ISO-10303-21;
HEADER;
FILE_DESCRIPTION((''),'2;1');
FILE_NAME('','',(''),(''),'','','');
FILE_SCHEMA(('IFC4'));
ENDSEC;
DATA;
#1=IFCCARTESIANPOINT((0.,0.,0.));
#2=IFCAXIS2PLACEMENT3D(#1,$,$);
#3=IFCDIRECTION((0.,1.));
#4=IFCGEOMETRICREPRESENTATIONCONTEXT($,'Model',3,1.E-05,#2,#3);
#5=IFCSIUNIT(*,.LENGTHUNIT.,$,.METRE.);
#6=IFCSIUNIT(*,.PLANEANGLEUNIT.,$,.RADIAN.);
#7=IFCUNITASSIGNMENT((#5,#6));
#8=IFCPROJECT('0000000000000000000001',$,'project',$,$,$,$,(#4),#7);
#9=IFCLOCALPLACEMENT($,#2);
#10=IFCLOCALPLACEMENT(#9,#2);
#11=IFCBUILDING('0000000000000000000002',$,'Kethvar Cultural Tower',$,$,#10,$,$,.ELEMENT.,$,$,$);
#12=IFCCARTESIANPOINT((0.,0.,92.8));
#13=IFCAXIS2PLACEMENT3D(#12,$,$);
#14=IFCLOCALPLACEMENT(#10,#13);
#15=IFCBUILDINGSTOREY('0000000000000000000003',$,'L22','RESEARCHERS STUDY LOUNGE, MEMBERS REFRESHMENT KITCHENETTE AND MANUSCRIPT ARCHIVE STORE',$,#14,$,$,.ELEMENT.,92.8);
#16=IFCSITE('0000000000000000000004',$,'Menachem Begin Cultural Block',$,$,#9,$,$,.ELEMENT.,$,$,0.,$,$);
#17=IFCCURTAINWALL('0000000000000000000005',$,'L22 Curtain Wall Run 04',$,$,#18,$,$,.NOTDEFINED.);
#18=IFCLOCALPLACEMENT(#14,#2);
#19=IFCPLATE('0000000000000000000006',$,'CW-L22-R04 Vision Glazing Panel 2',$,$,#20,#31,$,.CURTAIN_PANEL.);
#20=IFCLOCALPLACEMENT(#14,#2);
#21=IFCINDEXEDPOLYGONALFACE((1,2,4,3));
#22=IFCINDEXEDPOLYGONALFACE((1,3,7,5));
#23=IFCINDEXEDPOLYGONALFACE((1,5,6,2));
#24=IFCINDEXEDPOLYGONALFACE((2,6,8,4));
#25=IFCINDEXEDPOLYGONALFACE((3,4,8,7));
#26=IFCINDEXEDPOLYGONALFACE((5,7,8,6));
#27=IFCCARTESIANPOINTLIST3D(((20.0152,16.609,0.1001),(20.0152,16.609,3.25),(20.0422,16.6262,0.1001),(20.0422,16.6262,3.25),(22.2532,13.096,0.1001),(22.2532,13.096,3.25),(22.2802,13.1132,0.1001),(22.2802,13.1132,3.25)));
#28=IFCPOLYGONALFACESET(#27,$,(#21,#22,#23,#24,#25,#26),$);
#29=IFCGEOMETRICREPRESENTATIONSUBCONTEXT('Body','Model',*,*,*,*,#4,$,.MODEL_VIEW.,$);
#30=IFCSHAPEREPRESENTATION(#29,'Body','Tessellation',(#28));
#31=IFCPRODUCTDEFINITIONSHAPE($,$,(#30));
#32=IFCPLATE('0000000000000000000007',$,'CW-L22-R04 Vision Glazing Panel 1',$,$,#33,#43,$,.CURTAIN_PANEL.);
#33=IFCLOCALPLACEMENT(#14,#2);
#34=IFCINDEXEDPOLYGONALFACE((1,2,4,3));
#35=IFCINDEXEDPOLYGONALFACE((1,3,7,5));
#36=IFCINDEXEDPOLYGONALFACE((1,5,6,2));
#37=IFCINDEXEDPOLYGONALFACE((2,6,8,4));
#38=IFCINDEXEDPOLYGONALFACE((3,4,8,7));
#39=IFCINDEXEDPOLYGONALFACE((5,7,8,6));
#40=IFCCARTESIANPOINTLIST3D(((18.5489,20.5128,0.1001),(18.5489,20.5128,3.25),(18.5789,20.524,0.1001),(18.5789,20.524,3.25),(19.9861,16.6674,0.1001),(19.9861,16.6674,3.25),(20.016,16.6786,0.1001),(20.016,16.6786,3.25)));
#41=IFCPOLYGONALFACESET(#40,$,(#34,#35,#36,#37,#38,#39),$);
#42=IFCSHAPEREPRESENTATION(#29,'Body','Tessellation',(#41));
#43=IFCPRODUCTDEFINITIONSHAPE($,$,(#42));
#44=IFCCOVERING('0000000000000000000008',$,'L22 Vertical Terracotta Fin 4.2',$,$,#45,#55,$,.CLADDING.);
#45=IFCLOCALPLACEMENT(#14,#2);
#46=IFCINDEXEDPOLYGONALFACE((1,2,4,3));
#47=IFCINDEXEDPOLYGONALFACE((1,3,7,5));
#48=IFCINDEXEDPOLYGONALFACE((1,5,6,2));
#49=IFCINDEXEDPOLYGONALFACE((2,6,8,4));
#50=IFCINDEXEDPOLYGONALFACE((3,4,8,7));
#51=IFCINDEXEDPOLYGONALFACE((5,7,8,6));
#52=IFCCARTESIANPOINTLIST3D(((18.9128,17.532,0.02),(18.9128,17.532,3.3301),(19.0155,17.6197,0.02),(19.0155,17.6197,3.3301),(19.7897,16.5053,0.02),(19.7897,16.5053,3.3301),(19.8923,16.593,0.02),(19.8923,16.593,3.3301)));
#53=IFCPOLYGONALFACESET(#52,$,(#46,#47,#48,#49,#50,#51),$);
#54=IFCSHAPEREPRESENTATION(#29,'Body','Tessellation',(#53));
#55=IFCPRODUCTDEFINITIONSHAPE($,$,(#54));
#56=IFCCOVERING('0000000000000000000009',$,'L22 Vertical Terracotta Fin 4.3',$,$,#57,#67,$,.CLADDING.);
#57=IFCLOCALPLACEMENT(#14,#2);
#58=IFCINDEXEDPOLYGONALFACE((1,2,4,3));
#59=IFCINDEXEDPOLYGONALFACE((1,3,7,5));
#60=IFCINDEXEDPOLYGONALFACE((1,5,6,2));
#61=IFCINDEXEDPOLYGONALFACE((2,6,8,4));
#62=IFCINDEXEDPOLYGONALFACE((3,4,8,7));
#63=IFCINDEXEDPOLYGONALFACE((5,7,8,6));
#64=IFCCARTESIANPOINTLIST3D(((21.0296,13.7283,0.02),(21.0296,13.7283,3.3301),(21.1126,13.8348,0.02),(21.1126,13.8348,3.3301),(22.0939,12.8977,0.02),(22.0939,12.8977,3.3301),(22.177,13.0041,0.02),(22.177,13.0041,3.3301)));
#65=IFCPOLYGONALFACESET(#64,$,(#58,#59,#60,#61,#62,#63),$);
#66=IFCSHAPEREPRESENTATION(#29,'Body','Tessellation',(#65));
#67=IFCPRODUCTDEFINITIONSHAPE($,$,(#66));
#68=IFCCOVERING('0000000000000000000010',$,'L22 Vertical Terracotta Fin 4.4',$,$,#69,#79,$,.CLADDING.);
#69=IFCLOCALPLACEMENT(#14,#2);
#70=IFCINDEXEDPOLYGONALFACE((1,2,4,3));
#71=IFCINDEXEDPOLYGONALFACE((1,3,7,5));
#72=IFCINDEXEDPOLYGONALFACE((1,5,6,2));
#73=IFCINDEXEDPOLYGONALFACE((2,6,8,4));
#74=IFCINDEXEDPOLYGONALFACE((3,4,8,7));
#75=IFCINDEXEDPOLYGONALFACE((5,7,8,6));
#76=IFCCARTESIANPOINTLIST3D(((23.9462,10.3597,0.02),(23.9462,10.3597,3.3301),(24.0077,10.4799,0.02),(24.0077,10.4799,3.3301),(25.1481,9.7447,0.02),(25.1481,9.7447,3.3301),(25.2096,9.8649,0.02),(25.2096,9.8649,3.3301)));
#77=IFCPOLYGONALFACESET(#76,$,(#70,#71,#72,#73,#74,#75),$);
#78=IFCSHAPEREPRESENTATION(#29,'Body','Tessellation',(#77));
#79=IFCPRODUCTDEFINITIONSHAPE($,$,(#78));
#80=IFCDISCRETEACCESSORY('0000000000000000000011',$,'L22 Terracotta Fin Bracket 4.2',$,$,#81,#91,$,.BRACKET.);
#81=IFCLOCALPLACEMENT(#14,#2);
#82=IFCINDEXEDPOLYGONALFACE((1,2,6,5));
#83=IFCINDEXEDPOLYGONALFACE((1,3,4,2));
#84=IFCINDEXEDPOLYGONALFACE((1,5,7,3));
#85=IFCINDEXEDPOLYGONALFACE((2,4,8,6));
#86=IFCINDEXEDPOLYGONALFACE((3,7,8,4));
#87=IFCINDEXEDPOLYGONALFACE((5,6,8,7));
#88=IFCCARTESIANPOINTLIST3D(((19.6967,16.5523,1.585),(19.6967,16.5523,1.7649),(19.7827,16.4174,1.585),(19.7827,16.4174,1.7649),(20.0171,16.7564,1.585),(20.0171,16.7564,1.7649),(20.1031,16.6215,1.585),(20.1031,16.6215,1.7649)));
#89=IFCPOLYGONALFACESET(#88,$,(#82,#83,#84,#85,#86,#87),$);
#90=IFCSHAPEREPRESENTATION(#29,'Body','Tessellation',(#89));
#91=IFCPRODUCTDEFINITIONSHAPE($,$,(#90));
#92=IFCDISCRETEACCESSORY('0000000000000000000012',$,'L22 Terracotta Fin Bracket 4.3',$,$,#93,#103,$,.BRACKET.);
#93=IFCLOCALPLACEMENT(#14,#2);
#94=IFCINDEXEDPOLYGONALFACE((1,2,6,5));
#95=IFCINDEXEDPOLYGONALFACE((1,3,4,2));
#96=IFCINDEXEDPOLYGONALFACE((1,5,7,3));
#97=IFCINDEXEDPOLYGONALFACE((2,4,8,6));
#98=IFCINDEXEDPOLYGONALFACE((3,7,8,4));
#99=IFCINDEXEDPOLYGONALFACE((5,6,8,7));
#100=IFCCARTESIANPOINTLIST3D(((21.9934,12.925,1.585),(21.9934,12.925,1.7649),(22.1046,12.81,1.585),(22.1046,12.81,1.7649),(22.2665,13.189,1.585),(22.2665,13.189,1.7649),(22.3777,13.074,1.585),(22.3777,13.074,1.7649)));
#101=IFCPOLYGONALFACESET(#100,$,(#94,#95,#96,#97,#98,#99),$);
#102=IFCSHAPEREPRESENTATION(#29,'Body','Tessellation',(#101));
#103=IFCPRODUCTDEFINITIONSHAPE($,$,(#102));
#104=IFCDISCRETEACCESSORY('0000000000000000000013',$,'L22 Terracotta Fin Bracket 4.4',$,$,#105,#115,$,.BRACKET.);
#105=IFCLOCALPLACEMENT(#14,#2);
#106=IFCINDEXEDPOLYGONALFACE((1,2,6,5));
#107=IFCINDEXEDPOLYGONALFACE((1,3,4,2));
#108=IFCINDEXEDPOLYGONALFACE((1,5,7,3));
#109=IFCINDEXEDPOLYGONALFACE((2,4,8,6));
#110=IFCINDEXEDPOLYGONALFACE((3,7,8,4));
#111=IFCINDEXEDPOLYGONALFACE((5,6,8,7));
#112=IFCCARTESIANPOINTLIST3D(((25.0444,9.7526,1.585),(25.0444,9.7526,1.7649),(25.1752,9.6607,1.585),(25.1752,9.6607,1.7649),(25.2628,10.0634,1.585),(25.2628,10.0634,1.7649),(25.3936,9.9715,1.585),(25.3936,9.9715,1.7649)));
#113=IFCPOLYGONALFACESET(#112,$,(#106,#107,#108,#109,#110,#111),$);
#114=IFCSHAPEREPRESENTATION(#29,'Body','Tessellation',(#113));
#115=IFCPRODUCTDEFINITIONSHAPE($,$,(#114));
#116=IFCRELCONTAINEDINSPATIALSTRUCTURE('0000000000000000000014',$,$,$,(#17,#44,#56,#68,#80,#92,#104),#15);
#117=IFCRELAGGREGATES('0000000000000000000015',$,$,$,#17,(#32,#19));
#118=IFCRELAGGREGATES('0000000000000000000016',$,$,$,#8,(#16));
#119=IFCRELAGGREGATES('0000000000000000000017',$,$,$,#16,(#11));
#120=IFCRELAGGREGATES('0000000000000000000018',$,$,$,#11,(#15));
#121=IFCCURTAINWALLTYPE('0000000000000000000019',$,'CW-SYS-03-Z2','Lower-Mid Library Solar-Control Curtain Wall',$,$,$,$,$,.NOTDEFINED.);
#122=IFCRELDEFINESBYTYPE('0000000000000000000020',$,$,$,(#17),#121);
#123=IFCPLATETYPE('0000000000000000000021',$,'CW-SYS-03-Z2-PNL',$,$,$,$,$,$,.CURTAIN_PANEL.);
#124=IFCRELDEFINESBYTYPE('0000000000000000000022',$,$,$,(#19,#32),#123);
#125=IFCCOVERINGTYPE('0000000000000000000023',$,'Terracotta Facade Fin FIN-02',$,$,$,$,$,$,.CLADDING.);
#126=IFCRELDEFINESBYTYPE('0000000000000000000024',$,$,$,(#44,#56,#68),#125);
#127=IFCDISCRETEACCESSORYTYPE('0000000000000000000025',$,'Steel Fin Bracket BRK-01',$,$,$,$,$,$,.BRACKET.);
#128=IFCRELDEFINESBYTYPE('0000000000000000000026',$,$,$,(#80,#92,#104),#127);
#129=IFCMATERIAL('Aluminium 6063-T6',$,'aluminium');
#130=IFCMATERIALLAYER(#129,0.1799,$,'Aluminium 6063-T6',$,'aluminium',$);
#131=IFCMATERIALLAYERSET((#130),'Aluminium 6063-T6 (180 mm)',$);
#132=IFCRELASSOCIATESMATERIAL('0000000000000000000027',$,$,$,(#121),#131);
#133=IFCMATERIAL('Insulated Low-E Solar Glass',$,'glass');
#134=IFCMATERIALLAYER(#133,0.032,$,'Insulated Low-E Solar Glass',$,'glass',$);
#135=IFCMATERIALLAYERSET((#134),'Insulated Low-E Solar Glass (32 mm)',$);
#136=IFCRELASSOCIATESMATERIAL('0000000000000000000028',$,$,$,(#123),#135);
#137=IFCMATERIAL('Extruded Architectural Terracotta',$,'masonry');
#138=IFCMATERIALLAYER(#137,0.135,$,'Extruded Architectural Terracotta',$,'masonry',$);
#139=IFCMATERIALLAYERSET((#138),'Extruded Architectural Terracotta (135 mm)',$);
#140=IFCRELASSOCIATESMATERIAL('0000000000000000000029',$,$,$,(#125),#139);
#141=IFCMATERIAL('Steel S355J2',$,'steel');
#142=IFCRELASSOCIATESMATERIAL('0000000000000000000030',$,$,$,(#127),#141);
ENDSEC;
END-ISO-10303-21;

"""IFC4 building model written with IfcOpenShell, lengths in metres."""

from ifc_helpers import new_model, si_unit, direction, frame, origin, origin_2d, place, context, subcontext, project, spatial, rectangle, extrude, source, transform, mapped, material, layer, layer_set, type_object, element, aggregate, save


model = new_model("IFC4")

# Units and contexts
model_context = context("Model", 3, precision=1e-05, world=origin(), true_north=direction((0.0, 1.0)))
body_context = subcontext(model_context, "Body", "Model", "MODEL_VIEW")
ifc_project = project(units=[si_unit("LENGTHUNIT", "METRE"), si_unit("PLANEANGLEUNIT", "RADIAN")], contexts=[model_context])

# Site, building, storey
site_placement = place(None, origin())
site = spatial("IfcSite", under=ifc_project, at=site_placement, Name="Menachem Begin Cultural Block", CompositionType="ELEMENT", RefElevation=0.0)
building_placement = place(site_placement, origin())
building = spatial("IfcBuilding", under=site, at=building_placement, Name="Kethvar Cultural Tower", CompositionType="ELEMENT")
storey_placement = place(building_placement, frame((0.0, 0.0, 92.8)))
storey = spatial("IfcBuildingStorey", under=building, at=storey_placement, Name="L22", Description="RESEARCHERS STUDY LOUNGE, MEMBERS REFRESHMENT KITCHENETTE AND MANUSCRIPT ARCHIVE STORE", CompositionType="ELEMENT", Elevation=92.8)

# Shared definitions
ifc_material_1 = material(Name="Steel S355J2", Category="steel")

# Shared definitions
ifc_material_2 = material(Name="Aluminium 6063-T6", Category="aluminium")
ifc_layer_1 = layer(ifc_material_2, 0.1799, Name="Aluminium 6063-T6", Category="aluminium")
ifc_layer_set_1 = layer_set([ifc_layer_1], Name="Aluminium 6063-T6 (180 mm)")
curtain_wall_type = type_object("IfcCurtainWallType", Name="CW-SYS-03-Z2", Description="Lower-Mid Library Solar-Control Curtain Wall", PredefinedType="NOTDEFINED", material=ifc_layer_set_1)

# Curtain wall, plates
curtain_wall_1_placement = place(storey_placement, origin())
curtain_wall_1 = element("IfcCurtainWall", 1, at=curtain_wall_1_placement, inside=storey, type_object=curtain_wall_type, Name="L22 Curtain Wall Run 04", PredefinedType="NOTDEFINED")
ifc_material_3 = material(Name="Insulated Low-E Solar Glass", Category="glass")
ifc_layer_2 = layer(ifc_material_3, 0.032, Name="Insulated Low-E Solar Glass", Category="glass")
ifc_layer_set_2 = layer_set([ifc_layer_2], Name="Insulated Low-E Solar Glass (32 mm)")
plate_type = type_object("IfcPlateType", Name="CW-SYS-03-Z2-PNL", PredefinedType="CURTAIN_PANEL", material=ifc_layer_set_2)
shared_shape_1 = source(origin(), body_context, "Body", "SweptSolid", [
    extrude(rectangle(XDim=4.1653, YDim=0.032, at=origin_2d()), origin(), (0.0, 0.0, 1.0), 3.1499),
])
plate_1_placement = place(storey_placement, frame((21.1477, 14.8611, 0.1001), z_axis=(0.0, 0.0, 1.0), x_axis=(0.5373, -0.843391, 0.0)))
plate_1 = element("IfcPlate", 2, at=plate_1_placement, type_object=plate_type, Name="CW-L22-R04 Vision Glazing Panel 2", PredefinedType="CURTAIN_PANEL", context=body_context, shape_type="MappedRepresentation", body=[
    mapped(shared_shape_1, transform((0.0, 0.0, 0.0), scale=1.0)),
])
shared_shape_2 = source(origin(), body_context, "Body", "SweptSolid", [
    extrude(rectangle(XDim=4.1052, YDim=0.032, at=origin_2d()), origin(), (0.0, 0.0, 1.0), 3.1499),
])
plate_2_placement = place(storey_placement, frame((19.2825, 18.5957, 0.1001), z_axis=(0.0, 0.0, 1.0), x_axis=(0.350077, -0.936721, 0.0)))
plate_2 = element("IfcPlate", 3, at=plate_2_placement, type_object=plate_type, Name="CW-L22-R04 Vision Glazing Panel 1", PredefinedType="CURTAIN_PANEL", context=body_context, shape_type="MappedRepresentation", body=[
    mapped(shared_shape_2, transform((0.0, 0.0, 0.0), scale=1.0)),
])
aggregate(curtain_wall_1, [plate_2, plate_1])

# Coverings
ifc_material_4 = material(Name="Extruded Architectural Terracotta", Category="masonry")
ifc_layer_3 = layer(ifc_material_4, 0.135, Name="Extruded Architectural Terracotta", Category="masonry")
ifc_layer_set_3 = layer_set([ifc_layer_3], Name="Extruded Architectural Terracotta (135 mm)")
covering_type = type_object("IfcCoveringType", Name="Terracotta Facade Fin FIN-02", PredefinedType="CLADDING", material=ifc_layer_set_3)
shared_shape_3 = source(origin(), body_context, "Body", "SweptSolid", [
    extrude(rectangle(XDim=1.3501, YDim=0.135, at=origin_2d()), origin(), (0.0, 0.0, 1.0), 3.3101),
])
for number, where, z_axis, x_axis, name in (
    (4, (19.4026, 17.0625, 0.02), (0.0, 0.0, 1.0), (-0.649448, 0.760406, 0.0), "L22 Vertical Terracotta Fin 4.2"),
    (5, (21.6033, 13.3662, 0.02), (0.0, 0.0, 1.0), (-0.788333, 0.615249, 0.0), "L22 Vertical Terracotta Fin 4.3"),
    (6, (24.5779, 10.1123, 0.02), (0.0, 0.0, 1.0), (-0.890213, 0.455545, 0.0), "L22 Vertical Terracotta Fin 4.4"),
):
    element("IfcCovering", number, at=place(storey_placement, frame(where, z_axis=z_axis, x_axis=x_axis)), inside=storey, type_object=covering_type, Name=name, PredefinedType="CLADDING", context=body_context, shape_type="MappedRepresentation", body=[
        mapped(shared_shape_3, transform((0.0, 0.0, 0.0), scale=1.0)),
    ])

# Discrete accessories
discrete_accessory_type = type_object("IfcDiscreteAccessoryType", Name="Steel Fin Bracket BRK-01", PredefinedType="BRACKET", material=ifc_material_1)
shared_shape_4 = source(origin(), body_context, "Body", "SweptSolid", [
    extrude(rectangle(XDim=0.3799, YDim=0.1599, at=origin_2d()), origin(), (0.0, 0.0, 1.0), 0.1799),
])
for number, where, z_axis, x_axis, name in (
    (7, (19.8999, 16.5869, 1.585), (0.0, 0.0, 1.0), (-0.843391, -0.5373, 0.0), "L22 Terracotta Fin Bracket 4.2"),
    (8, (22.1855, 12.9995, 1.585), (0.0, 0.0, 1.0), (-0.718976, -0.695035, 0.0), "L22 Terracotta Fin Bracket 4.3"),
    (9, (25.219, 9.8621, 1.585), (0.0, 0.0, 1.0), (-0.575005, -0.81815, 0.0), "L22 Terracotta Fin Bracket 4.4"),
):
    element("IfcDiscreteAccessory", number, at=place(storey_placement, frame(where, z_axis=z_axis, x_axis=x_axis)), inside=storey, type_object=discrete_accessory_type, Name=name, PredefinedType="BRACKET", context=body_context, shape_type="MappedRepresentation", body=[
        mapped(shared_shape_4, transform((0.0, 0.0, 0.0), scale=1.0)),
    ])

save(model, "model.ifc")
